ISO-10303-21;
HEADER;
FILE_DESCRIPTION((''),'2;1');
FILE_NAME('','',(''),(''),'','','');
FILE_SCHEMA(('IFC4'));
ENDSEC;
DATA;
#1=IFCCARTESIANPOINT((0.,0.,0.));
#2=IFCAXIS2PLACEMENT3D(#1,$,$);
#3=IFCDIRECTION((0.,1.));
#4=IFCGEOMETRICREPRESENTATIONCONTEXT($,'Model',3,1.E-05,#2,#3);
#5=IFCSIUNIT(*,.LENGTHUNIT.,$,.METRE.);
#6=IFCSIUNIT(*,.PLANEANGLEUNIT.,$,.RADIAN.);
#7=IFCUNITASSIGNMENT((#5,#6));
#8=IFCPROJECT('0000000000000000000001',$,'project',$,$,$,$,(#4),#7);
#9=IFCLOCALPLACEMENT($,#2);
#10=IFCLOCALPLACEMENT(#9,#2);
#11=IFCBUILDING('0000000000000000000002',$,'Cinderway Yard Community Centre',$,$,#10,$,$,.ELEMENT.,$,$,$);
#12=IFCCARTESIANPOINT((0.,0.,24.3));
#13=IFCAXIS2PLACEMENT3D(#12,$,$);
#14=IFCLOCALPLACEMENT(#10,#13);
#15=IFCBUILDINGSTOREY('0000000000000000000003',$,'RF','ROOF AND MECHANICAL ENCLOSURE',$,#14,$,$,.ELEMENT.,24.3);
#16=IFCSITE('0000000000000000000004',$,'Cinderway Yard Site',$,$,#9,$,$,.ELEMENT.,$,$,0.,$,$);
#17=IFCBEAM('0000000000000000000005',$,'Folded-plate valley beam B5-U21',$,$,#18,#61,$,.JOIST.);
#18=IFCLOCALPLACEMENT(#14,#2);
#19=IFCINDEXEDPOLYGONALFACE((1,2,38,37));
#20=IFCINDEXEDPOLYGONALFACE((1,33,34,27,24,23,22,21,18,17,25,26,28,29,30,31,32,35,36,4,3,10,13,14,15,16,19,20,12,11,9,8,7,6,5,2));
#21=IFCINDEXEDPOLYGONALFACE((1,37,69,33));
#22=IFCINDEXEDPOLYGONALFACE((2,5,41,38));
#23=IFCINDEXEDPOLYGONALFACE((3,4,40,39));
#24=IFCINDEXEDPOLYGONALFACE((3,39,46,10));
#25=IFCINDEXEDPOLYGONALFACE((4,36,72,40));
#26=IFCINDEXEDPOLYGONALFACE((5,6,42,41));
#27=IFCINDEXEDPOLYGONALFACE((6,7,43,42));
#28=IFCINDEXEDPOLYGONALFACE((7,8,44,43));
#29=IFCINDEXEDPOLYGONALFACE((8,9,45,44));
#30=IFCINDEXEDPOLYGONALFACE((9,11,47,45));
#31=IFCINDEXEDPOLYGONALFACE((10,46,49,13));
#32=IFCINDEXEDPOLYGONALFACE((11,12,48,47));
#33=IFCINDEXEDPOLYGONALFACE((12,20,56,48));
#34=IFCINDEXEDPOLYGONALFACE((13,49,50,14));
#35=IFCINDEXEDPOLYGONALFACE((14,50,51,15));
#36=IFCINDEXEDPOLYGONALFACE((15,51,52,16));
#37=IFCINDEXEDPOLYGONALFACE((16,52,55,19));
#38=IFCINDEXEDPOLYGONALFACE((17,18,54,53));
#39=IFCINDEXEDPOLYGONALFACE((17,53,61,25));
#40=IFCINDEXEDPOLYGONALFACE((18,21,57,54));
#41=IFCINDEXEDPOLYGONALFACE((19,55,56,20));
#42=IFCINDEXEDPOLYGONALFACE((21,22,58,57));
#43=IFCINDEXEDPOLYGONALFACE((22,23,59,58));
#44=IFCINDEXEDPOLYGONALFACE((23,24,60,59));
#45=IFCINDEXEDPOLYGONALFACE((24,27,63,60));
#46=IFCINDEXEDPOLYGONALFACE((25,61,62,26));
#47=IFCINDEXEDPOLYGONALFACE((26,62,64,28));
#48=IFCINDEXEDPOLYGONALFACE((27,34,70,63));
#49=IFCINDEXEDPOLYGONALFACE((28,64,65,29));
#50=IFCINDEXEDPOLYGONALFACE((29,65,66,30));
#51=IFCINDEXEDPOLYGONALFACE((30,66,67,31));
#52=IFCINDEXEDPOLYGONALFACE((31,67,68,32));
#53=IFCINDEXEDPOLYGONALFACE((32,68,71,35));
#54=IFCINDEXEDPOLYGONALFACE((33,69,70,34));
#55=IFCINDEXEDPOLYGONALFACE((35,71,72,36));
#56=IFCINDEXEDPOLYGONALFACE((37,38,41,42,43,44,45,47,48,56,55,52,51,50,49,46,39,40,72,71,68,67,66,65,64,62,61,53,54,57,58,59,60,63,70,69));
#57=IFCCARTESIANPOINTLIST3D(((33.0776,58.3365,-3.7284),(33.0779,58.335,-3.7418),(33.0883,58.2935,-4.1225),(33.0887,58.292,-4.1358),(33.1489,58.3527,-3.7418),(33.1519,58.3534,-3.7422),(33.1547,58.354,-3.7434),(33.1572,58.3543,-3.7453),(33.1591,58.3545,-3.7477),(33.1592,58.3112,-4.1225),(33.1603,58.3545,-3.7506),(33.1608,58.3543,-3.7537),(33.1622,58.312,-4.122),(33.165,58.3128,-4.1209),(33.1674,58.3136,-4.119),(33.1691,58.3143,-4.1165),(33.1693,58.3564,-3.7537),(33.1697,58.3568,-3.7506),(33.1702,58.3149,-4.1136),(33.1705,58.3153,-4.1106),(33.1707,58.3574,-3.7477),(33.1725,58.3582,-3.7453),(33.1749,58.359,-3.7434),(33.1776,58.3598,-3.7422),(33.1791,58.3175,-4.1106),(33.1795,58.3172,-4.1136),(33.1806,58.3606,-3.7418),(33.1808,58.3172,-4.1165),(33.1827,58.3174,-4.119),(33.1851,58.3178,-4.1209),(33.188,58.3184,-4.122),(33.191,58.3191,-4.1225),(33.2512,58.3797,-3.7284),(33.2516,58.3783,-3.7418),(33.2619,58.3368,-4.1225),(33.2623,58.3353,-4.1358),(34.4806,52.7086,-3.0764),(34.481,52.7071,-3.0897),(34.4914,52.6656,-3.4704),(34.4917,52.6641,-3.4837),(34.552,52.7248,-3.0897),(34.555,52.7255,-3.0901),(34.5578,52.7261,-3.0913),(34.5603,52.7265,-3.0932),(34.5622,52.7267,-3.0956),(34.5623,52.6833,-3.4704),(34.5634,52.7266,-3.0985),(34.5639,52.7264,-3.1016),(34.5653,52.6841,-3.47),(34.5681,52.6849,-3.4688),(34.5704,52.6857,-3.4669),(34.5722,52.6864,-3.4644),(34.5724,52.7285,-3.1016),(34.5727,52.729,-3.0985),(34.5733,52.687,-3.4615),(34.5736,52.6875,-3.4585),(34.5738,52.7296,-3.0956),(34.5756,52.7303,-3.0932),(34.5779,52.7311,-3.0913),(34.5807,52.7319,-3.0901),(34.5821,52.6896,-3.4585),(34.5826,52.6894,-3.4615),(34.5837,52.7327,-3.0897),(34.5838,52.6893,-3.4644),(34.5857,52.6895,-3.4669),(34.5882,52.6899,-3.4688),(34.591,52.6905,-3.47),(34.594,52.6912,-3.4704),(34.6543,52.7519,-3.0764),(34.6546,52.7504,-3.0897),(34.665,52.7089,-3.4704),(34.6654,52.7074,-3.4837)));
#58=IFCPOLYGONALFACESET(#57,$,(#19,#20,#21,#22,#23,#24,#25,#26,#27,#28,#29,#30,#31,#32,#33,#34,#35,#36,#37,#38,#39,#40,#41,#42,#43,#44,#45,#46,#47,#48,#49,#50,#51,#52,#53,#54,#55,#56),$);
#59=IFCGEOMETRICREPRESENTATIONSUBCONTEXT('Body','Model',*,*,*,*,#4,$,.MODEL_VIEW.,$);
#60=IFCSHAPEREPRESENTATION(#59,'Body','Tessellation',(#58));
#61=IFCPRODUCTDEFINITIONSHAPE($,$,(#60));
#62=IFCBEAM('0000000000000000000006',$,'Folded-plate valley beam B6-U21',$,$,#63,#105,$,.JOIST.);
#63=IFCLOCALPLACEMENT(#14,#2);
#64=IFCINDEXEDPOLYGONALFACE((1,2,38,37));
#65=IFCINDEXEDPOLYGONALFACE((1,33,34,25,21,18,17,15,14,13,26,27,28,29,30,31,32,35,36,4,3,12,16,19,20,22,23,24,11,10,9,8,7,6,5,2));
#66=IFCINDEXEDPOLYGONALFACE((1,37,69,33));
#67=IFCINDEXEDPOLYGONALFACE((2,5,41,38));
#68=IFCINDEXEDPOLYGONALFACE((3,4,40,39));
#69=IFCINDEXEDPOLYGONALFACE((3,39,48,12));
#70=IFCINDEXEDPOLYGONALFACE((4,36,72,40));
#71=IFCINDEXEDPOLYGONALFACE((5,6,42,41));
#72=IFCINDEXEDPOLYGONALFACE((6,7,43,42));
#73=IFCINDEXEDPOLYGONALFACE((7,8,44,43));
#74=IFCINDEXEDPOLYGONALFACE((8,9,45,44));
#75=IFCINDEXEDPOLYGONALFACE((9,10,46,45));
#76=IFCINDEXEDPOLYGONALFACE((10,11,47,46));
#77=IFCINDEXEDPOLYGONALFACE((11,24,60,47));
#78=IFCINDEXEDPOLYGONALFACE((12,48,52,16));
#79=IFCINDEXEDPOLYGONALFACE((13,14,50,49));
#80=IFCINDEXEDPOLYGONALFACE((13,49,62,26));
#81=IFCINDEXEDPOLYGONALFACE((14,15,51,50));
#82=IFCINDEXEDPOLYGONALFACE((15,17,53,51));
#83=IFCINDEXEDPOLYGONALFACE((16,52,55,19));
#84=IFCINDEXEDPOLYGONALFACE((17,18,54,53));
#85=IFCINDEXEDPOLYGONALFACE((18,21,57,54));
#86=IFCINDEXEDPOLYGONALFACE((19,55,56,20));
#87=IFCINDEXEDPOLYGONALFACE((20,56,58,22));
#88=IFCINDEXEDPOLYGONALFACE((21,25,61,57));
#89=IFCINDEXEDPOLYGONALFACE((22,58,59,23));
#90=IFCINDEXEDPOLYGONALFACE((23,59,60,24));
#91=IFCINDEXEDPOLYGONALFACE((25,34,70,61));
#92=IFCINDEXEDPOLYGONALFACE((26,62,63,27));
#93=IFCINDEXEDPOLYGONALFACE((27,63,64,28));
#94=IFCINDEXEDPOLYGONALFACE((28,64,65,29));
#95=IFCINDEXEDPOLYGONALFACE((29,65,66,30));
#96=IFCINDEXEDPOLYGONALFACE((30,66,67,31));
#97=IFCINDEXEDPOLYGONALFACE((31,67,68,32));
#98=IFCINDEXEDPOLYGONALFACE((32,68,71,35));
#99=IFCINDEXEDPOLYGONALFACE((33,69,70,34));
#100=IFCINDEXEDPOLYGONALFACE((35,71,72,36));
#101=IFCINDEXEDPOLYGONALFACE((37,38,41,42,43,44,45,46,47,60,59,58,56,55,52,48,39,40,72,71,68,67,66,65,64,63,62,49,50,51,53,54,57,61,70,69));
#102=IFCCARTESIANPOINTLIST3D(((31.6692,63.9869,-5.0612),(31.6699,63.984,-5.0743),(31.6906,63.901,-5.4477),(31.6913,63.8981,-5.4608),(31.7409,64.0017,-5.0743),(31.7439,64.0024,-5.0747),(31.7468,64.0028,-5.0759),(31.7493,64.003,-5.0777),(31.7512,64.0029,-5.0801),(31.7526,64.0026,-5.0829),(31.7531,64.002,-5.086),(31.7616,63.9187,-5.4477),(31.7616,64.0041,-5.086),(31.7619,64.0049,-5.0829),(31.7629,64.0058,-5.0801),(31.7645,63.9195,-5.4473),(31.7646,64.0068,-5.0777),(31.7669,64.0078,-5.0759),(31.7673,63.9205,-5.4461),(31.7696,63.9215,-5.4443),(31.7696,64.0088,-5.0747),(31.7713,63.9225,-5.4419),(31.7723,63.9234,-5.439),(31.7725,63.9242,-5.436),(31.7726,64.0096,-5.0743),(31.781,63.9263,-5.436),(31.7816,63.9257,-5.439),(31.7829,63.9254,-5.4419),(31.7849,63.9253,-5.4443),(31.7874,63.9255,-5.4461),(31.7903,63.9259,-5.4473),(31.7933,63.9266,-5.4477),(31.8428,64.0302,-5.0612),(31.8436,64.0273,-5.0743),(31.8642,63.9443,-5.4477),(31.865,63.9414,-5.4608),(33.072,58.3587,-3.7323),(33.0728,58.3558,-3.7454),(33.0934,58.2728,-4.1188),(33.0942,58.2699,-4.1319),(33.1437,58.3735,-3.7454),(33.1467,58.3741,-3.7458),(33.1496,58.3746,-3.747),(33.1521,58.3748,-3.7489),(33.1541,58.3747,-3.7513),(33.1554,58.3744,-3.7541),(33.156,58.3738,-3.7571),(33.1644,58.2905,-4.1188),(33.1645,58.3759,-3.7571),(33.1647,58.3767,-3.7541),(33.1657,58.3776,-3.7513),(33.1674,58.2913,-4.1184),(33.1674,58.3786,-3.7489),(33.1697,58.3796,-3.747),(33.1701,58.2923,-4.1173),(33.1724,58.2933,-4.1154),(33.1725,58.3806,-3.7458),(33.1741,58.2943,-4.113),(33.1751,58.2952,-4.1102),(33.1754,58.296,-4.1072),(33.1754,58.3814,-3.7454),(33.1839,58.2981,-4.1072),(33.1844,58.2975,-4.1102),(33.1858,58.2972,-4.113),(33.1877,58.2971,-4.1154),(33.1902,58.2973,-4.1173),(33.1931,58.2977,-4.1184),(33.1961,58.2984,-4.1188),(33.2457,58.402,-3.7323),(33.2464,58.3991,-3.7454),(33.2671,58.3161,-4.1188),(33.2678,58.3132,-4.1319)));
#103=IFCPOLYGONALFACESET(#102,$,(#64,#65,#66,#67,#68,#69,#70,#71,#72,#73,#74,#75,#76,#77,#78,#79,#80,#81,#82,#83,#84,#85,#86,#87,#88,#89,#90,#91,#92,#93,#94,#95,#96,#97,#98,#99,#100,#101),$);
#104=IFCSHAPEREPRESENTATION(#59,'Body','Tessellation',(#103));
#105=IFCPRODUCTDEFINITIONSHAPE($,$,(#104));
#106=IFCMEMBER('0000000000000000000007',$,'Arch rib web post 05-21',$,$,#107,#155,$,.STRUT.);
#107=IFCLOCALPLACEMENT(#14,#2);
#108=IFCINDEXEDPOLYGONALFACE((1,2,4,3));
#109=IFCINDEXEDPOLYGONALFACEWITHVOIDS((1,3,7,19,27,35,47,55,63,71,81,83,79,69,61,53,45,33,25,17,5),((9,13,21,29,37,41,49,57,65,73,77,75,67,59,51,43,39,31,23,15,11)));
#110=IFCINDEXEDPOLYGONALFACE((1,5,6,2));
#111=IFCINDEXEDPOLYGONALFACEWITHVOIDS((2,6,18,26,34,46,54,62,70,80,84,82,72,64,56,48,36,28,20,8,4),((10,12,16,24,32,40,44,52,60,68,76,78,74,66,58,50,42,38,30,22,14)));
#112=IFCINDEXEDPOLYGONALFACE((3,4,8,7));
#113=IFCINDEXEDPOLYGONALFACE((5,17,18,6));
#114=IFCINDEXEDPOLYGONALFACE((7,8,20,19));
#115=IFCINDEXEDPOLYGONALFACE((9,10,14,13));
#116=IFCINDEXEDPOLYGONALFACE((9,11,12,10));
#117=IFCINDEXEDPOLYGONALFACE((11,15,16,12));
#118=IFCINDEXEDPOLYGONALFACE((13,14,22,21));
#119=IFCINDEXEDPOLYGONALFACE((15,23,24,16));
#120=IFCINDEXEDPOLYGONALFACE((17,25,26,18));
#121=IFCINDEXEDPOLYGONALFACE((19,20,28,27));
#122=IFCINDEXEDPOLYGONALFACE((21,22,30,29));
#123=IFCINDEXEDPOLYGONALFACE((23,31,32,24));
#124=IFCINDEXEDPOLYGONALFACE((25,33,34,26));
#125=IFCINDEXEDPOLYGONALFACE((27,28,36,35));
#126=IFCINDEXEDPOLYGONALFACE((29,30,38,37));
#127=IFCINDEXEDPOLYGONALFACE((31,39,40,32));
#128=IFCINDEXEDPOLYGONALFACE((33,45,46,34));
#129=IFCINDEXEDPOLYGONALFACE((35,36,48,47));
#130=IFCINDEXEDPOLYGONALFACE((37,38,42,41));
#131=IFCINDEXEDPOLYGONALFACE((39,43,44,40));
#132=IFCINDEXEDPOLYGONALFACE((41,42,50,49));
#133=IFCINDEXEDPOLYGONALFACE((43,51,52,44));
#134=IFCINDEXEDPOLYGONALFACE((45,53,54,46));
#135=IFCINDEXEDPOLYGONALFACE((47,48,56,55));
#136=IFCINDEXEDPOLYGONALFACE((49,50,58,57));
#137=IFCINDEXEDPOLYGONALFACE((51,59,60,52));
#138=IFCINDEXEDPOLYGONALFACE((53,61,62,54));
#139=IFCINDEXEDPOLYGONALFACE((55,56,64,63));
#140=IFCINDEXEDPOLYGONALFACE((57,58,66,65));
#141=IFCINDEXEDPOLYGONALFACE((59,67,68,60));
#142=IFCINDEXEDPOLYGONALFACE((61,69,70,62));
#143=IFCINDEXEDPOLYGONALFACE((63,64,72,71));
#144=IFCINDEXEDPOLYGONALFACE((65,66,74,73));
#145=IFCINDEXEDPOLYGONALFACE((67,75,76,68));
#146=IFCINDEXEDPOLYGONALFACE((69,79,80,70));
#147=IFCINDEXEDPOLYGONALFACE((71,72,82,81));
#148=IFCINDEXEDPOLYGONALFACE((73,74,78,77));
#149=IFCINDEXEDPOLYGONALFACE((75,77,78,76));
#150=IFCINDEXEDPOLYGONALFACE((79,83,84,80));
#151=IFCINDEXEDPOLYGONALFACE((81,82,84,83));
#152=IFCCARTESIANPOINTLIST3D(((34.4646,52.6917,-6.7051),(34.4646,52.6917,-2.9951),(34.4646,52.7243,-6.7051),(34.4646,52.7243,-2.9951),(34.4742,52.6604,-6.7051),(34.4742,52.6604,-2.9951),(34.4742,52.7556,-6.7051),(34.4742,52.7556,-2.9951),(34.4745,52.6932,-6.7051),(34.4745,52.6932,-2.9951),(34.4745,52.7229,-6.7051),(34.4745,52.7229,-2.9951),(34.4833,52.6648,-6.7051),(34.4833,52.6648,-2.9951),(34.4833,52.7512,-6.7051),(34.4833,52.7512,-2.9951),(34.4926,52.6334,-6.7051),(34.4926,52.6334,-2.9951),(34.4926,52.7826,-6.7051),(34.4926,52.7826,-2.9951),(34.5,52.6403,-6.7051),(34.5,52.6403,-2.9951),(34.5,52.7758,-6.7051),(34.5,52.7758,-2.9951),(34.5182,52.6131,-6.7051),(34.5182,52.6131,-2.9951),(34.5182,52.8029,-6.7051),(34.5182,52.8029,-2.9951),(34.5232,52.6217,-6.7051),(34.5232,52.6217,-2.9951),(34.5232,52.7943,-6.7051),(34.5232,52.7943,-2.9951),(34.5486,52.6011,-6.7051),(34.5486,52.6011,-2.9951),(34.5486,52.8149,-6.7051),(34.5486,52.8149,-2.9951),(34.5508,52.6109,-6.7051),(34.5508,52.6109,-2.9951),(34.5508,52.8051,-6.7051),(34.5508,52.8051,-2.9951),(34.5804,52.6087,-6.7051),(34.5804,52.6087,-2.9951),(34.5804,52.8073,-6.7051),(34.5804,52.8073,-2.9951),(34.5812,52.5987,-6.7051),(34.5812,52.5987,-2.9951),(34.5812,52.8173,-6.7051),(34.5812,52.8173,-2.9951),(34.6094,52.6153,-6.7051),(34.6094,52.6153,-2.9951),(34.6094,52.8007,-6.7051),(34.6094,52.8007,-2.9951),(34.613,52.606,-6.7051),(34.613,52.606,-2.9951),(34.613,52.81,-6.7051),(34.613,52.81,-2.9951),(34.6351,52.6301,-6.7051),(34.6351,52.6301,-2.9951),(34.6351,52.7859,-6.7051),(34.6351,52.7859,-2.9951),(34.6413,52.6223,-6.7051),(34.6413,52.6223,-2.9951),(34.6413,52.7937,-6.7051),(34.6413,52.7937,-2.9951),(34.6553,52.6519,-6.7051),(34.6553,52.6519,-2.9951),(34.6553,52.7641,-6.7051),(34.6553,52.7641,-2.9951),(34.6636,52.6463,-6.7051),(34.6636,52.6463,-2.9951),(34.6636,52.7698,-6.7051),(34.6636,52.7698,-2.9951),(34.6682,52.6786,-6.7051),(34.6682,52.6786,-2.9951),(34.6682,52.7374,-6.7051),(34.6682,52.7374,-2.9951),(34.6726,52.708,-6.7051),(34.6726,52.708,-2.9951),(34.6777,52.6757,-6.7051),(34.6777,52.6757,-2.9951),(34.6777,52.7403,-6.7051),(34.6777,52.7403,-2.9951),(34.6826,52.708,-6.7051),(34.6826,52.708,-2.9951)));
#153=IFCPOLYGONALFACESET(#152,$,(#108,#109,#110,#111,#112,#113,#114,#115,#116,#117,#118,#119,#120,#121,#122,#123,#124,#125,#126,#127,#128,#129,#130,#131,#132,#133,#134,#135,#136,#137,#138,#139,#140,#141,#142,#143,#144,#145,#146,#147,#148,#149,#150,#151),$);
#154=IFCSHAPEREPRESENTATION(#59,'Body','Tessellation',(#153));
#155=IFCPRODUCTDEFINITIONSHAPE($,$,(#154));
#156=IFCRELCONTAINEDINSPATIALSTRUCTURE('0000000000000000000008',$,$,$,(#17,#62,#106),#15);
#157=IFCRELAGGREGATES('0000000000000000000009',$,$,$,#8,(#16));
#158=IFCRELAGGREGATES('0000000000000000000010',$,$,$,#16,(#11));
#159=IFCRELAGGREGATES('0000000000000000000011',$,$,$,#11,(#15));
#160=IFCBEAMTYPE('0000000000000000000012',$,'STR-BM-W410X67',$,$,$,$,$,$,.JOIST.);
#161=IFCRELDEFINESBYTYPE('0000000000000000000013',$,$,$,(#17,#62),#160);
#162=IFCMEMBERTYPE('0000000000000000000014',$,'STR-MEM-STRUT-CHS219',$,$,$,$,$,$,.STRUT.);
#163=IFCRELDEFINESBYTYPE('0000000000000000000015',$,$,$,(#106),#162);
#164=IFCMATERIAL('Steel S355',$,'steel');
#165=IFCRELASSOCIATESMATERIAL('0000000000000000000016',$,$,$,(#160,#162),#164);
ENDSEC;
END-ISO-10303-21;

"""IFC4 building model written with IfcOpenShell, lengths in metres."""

from ifc_helpers import new_model, si_unit, direction, frame, origin, origin_2d, place, context, subcontext, project, spatial, hollow_circle, i_section, extrude, material, material_profile, profile_set, type_object, element, save


model = new_model("IFC4")

# Units and contexts
model_context = context("Model", 3, precision=1e-05, world=origin(), true_north=direction((0.0, 1.0)))
body_context = subcontext(model_context, "Body", "Model", "MODEL_VIEW")
ifc_project = project(units=[si_unit("LENGTHUNIT", "METRE"), si_unit("PLANEANGLEUNIT", "RADIAN")], contexts=[model_context])

# Site, building, storey
site_placement = place(None, origin())
site = spatial("IfcSite", under=ifc_project, at=site_placement, Name="Cinderway Yard Site", CompositionType="ELEMENT", RefElevation=0.0)
building_placement = place(site_placement, origin())
building = spatial("IfcBuilding", under=site, at=building_placement, Name="Cinderway Yard Community Centre", CompositionType="ELEMENT")
storey_placement = place(building_placement, frame((0.0, 0.0, 24.3)))
storey = spatial("IfcBuildingStorey", under=building, at=storey_placement, Name="RF", Description="ROOF AND MECHANICAL ENCLOSURE", CompositionType="ELEMENT", Elevation=24.3)

# Beams
ifc_material_1 = material(Name="Steel S355", Category="steel")
ifc_material_profile_1 = material_profile(ifc_material_1, i_section(OverallWidth=0.179, OverallDepth=0.4099, WebThickness=0.0088, FlangeThickness=0.0134, FilletRadius=0.012, at=origin_2d()), Name="Steel S355")
ifc_profile_set_1 = profile_set([ifc_material_profile_1], Name="Steel S355")
beam_type_1 = type_object("IfcBeamType", Name="STR-BM-W410X67", PredefinedType="JOIST", material=ifc_profile_set_1)
beam_1_placement = place(storey_placement, frame((34.573, 52.708, -3.28), z_axis=(-0.240387, 0.964226, -0.111723), x_axis=(-0.970301, -0.241902, 0.0)))
element("IfcBeam", 1, at=beam_1_placement, inside=storey, type_object=beam_type_1, Name="Folded-plate valley beam B5-U21", PredefinedType="JOIST", context=body_context, shape_type="SweptSolid", body=[
    extrude(i_section(OverallWidth=0.179, OverallDepth=0.4099, WebThickness=0.0088, FlangeThickness=0.0134, FilletRadius=0.012, at=origin_2d()), origin(), (0.0, 0.0, 1.0), 5.8367),
])
beam_2_placement = place(storey_placement, frame((33.1699, 58.3359, -3.9321), z_axis=(-0.235745, 0.94581, -0.223313), x_axis=(-0.970313, -0.241852, 0.0)))
element("IfcBeam", 2, at=beam_2_placement, inside=storey, type_object=beam_type_1, Name="Folded-plate valley beam B6-U21", PredefinedType="JOIST", context=body_context, shape_type="SweptSolid", body=[
    extrude(i_section(OverallWidth=0.179, OverallDepth=0.4099, WebThickness=0.0088, FlangeThickness=0.0134, FilletRadius=0.012, at=origin_2d()), origin(), (0.0, 0.0, 1.0), 5.9507),
])

# Member
ifc_material_profile_2 = material_profile(ifc_material_1, hollow_circle(Radius=0.1096, WallThickness=0.01, at=origin_2d()), Name="Steel S355")
ifc_profile_set_2 = profile_set([ifc_material_profile_2], Name="Steel S355")
member_type = type_object("IfcMemberType", Name="STR-MEM-STRUT-CHS219", PredefinedType="STRUT", material=ifc_profile_set_2)
for number, where, z_axis, x_axis, name in (
    (3, (34.573, 52.708, -6.7051), (0.0, 0.0, 1.0), (1.0, 0.0, 0.0), "Arch rib web post 05-21"),
):
    element("IfcMember", number, at=place(storey_placement, frame(where, z_axis=z_axis, x_axis=x_axis)), inside=storey, type_object=member_type, Name=name, PredefinedType="STRUT", context=body_context, shape_type="SweptSolid", body=[
        extrude(hollow_circle(Radius=0.1096, WallThickness=0.01, at=origin_2d()), origin(), (0.0, 0.0, 1.0), 3.71),
    ])

save(model, "model.ifc")
